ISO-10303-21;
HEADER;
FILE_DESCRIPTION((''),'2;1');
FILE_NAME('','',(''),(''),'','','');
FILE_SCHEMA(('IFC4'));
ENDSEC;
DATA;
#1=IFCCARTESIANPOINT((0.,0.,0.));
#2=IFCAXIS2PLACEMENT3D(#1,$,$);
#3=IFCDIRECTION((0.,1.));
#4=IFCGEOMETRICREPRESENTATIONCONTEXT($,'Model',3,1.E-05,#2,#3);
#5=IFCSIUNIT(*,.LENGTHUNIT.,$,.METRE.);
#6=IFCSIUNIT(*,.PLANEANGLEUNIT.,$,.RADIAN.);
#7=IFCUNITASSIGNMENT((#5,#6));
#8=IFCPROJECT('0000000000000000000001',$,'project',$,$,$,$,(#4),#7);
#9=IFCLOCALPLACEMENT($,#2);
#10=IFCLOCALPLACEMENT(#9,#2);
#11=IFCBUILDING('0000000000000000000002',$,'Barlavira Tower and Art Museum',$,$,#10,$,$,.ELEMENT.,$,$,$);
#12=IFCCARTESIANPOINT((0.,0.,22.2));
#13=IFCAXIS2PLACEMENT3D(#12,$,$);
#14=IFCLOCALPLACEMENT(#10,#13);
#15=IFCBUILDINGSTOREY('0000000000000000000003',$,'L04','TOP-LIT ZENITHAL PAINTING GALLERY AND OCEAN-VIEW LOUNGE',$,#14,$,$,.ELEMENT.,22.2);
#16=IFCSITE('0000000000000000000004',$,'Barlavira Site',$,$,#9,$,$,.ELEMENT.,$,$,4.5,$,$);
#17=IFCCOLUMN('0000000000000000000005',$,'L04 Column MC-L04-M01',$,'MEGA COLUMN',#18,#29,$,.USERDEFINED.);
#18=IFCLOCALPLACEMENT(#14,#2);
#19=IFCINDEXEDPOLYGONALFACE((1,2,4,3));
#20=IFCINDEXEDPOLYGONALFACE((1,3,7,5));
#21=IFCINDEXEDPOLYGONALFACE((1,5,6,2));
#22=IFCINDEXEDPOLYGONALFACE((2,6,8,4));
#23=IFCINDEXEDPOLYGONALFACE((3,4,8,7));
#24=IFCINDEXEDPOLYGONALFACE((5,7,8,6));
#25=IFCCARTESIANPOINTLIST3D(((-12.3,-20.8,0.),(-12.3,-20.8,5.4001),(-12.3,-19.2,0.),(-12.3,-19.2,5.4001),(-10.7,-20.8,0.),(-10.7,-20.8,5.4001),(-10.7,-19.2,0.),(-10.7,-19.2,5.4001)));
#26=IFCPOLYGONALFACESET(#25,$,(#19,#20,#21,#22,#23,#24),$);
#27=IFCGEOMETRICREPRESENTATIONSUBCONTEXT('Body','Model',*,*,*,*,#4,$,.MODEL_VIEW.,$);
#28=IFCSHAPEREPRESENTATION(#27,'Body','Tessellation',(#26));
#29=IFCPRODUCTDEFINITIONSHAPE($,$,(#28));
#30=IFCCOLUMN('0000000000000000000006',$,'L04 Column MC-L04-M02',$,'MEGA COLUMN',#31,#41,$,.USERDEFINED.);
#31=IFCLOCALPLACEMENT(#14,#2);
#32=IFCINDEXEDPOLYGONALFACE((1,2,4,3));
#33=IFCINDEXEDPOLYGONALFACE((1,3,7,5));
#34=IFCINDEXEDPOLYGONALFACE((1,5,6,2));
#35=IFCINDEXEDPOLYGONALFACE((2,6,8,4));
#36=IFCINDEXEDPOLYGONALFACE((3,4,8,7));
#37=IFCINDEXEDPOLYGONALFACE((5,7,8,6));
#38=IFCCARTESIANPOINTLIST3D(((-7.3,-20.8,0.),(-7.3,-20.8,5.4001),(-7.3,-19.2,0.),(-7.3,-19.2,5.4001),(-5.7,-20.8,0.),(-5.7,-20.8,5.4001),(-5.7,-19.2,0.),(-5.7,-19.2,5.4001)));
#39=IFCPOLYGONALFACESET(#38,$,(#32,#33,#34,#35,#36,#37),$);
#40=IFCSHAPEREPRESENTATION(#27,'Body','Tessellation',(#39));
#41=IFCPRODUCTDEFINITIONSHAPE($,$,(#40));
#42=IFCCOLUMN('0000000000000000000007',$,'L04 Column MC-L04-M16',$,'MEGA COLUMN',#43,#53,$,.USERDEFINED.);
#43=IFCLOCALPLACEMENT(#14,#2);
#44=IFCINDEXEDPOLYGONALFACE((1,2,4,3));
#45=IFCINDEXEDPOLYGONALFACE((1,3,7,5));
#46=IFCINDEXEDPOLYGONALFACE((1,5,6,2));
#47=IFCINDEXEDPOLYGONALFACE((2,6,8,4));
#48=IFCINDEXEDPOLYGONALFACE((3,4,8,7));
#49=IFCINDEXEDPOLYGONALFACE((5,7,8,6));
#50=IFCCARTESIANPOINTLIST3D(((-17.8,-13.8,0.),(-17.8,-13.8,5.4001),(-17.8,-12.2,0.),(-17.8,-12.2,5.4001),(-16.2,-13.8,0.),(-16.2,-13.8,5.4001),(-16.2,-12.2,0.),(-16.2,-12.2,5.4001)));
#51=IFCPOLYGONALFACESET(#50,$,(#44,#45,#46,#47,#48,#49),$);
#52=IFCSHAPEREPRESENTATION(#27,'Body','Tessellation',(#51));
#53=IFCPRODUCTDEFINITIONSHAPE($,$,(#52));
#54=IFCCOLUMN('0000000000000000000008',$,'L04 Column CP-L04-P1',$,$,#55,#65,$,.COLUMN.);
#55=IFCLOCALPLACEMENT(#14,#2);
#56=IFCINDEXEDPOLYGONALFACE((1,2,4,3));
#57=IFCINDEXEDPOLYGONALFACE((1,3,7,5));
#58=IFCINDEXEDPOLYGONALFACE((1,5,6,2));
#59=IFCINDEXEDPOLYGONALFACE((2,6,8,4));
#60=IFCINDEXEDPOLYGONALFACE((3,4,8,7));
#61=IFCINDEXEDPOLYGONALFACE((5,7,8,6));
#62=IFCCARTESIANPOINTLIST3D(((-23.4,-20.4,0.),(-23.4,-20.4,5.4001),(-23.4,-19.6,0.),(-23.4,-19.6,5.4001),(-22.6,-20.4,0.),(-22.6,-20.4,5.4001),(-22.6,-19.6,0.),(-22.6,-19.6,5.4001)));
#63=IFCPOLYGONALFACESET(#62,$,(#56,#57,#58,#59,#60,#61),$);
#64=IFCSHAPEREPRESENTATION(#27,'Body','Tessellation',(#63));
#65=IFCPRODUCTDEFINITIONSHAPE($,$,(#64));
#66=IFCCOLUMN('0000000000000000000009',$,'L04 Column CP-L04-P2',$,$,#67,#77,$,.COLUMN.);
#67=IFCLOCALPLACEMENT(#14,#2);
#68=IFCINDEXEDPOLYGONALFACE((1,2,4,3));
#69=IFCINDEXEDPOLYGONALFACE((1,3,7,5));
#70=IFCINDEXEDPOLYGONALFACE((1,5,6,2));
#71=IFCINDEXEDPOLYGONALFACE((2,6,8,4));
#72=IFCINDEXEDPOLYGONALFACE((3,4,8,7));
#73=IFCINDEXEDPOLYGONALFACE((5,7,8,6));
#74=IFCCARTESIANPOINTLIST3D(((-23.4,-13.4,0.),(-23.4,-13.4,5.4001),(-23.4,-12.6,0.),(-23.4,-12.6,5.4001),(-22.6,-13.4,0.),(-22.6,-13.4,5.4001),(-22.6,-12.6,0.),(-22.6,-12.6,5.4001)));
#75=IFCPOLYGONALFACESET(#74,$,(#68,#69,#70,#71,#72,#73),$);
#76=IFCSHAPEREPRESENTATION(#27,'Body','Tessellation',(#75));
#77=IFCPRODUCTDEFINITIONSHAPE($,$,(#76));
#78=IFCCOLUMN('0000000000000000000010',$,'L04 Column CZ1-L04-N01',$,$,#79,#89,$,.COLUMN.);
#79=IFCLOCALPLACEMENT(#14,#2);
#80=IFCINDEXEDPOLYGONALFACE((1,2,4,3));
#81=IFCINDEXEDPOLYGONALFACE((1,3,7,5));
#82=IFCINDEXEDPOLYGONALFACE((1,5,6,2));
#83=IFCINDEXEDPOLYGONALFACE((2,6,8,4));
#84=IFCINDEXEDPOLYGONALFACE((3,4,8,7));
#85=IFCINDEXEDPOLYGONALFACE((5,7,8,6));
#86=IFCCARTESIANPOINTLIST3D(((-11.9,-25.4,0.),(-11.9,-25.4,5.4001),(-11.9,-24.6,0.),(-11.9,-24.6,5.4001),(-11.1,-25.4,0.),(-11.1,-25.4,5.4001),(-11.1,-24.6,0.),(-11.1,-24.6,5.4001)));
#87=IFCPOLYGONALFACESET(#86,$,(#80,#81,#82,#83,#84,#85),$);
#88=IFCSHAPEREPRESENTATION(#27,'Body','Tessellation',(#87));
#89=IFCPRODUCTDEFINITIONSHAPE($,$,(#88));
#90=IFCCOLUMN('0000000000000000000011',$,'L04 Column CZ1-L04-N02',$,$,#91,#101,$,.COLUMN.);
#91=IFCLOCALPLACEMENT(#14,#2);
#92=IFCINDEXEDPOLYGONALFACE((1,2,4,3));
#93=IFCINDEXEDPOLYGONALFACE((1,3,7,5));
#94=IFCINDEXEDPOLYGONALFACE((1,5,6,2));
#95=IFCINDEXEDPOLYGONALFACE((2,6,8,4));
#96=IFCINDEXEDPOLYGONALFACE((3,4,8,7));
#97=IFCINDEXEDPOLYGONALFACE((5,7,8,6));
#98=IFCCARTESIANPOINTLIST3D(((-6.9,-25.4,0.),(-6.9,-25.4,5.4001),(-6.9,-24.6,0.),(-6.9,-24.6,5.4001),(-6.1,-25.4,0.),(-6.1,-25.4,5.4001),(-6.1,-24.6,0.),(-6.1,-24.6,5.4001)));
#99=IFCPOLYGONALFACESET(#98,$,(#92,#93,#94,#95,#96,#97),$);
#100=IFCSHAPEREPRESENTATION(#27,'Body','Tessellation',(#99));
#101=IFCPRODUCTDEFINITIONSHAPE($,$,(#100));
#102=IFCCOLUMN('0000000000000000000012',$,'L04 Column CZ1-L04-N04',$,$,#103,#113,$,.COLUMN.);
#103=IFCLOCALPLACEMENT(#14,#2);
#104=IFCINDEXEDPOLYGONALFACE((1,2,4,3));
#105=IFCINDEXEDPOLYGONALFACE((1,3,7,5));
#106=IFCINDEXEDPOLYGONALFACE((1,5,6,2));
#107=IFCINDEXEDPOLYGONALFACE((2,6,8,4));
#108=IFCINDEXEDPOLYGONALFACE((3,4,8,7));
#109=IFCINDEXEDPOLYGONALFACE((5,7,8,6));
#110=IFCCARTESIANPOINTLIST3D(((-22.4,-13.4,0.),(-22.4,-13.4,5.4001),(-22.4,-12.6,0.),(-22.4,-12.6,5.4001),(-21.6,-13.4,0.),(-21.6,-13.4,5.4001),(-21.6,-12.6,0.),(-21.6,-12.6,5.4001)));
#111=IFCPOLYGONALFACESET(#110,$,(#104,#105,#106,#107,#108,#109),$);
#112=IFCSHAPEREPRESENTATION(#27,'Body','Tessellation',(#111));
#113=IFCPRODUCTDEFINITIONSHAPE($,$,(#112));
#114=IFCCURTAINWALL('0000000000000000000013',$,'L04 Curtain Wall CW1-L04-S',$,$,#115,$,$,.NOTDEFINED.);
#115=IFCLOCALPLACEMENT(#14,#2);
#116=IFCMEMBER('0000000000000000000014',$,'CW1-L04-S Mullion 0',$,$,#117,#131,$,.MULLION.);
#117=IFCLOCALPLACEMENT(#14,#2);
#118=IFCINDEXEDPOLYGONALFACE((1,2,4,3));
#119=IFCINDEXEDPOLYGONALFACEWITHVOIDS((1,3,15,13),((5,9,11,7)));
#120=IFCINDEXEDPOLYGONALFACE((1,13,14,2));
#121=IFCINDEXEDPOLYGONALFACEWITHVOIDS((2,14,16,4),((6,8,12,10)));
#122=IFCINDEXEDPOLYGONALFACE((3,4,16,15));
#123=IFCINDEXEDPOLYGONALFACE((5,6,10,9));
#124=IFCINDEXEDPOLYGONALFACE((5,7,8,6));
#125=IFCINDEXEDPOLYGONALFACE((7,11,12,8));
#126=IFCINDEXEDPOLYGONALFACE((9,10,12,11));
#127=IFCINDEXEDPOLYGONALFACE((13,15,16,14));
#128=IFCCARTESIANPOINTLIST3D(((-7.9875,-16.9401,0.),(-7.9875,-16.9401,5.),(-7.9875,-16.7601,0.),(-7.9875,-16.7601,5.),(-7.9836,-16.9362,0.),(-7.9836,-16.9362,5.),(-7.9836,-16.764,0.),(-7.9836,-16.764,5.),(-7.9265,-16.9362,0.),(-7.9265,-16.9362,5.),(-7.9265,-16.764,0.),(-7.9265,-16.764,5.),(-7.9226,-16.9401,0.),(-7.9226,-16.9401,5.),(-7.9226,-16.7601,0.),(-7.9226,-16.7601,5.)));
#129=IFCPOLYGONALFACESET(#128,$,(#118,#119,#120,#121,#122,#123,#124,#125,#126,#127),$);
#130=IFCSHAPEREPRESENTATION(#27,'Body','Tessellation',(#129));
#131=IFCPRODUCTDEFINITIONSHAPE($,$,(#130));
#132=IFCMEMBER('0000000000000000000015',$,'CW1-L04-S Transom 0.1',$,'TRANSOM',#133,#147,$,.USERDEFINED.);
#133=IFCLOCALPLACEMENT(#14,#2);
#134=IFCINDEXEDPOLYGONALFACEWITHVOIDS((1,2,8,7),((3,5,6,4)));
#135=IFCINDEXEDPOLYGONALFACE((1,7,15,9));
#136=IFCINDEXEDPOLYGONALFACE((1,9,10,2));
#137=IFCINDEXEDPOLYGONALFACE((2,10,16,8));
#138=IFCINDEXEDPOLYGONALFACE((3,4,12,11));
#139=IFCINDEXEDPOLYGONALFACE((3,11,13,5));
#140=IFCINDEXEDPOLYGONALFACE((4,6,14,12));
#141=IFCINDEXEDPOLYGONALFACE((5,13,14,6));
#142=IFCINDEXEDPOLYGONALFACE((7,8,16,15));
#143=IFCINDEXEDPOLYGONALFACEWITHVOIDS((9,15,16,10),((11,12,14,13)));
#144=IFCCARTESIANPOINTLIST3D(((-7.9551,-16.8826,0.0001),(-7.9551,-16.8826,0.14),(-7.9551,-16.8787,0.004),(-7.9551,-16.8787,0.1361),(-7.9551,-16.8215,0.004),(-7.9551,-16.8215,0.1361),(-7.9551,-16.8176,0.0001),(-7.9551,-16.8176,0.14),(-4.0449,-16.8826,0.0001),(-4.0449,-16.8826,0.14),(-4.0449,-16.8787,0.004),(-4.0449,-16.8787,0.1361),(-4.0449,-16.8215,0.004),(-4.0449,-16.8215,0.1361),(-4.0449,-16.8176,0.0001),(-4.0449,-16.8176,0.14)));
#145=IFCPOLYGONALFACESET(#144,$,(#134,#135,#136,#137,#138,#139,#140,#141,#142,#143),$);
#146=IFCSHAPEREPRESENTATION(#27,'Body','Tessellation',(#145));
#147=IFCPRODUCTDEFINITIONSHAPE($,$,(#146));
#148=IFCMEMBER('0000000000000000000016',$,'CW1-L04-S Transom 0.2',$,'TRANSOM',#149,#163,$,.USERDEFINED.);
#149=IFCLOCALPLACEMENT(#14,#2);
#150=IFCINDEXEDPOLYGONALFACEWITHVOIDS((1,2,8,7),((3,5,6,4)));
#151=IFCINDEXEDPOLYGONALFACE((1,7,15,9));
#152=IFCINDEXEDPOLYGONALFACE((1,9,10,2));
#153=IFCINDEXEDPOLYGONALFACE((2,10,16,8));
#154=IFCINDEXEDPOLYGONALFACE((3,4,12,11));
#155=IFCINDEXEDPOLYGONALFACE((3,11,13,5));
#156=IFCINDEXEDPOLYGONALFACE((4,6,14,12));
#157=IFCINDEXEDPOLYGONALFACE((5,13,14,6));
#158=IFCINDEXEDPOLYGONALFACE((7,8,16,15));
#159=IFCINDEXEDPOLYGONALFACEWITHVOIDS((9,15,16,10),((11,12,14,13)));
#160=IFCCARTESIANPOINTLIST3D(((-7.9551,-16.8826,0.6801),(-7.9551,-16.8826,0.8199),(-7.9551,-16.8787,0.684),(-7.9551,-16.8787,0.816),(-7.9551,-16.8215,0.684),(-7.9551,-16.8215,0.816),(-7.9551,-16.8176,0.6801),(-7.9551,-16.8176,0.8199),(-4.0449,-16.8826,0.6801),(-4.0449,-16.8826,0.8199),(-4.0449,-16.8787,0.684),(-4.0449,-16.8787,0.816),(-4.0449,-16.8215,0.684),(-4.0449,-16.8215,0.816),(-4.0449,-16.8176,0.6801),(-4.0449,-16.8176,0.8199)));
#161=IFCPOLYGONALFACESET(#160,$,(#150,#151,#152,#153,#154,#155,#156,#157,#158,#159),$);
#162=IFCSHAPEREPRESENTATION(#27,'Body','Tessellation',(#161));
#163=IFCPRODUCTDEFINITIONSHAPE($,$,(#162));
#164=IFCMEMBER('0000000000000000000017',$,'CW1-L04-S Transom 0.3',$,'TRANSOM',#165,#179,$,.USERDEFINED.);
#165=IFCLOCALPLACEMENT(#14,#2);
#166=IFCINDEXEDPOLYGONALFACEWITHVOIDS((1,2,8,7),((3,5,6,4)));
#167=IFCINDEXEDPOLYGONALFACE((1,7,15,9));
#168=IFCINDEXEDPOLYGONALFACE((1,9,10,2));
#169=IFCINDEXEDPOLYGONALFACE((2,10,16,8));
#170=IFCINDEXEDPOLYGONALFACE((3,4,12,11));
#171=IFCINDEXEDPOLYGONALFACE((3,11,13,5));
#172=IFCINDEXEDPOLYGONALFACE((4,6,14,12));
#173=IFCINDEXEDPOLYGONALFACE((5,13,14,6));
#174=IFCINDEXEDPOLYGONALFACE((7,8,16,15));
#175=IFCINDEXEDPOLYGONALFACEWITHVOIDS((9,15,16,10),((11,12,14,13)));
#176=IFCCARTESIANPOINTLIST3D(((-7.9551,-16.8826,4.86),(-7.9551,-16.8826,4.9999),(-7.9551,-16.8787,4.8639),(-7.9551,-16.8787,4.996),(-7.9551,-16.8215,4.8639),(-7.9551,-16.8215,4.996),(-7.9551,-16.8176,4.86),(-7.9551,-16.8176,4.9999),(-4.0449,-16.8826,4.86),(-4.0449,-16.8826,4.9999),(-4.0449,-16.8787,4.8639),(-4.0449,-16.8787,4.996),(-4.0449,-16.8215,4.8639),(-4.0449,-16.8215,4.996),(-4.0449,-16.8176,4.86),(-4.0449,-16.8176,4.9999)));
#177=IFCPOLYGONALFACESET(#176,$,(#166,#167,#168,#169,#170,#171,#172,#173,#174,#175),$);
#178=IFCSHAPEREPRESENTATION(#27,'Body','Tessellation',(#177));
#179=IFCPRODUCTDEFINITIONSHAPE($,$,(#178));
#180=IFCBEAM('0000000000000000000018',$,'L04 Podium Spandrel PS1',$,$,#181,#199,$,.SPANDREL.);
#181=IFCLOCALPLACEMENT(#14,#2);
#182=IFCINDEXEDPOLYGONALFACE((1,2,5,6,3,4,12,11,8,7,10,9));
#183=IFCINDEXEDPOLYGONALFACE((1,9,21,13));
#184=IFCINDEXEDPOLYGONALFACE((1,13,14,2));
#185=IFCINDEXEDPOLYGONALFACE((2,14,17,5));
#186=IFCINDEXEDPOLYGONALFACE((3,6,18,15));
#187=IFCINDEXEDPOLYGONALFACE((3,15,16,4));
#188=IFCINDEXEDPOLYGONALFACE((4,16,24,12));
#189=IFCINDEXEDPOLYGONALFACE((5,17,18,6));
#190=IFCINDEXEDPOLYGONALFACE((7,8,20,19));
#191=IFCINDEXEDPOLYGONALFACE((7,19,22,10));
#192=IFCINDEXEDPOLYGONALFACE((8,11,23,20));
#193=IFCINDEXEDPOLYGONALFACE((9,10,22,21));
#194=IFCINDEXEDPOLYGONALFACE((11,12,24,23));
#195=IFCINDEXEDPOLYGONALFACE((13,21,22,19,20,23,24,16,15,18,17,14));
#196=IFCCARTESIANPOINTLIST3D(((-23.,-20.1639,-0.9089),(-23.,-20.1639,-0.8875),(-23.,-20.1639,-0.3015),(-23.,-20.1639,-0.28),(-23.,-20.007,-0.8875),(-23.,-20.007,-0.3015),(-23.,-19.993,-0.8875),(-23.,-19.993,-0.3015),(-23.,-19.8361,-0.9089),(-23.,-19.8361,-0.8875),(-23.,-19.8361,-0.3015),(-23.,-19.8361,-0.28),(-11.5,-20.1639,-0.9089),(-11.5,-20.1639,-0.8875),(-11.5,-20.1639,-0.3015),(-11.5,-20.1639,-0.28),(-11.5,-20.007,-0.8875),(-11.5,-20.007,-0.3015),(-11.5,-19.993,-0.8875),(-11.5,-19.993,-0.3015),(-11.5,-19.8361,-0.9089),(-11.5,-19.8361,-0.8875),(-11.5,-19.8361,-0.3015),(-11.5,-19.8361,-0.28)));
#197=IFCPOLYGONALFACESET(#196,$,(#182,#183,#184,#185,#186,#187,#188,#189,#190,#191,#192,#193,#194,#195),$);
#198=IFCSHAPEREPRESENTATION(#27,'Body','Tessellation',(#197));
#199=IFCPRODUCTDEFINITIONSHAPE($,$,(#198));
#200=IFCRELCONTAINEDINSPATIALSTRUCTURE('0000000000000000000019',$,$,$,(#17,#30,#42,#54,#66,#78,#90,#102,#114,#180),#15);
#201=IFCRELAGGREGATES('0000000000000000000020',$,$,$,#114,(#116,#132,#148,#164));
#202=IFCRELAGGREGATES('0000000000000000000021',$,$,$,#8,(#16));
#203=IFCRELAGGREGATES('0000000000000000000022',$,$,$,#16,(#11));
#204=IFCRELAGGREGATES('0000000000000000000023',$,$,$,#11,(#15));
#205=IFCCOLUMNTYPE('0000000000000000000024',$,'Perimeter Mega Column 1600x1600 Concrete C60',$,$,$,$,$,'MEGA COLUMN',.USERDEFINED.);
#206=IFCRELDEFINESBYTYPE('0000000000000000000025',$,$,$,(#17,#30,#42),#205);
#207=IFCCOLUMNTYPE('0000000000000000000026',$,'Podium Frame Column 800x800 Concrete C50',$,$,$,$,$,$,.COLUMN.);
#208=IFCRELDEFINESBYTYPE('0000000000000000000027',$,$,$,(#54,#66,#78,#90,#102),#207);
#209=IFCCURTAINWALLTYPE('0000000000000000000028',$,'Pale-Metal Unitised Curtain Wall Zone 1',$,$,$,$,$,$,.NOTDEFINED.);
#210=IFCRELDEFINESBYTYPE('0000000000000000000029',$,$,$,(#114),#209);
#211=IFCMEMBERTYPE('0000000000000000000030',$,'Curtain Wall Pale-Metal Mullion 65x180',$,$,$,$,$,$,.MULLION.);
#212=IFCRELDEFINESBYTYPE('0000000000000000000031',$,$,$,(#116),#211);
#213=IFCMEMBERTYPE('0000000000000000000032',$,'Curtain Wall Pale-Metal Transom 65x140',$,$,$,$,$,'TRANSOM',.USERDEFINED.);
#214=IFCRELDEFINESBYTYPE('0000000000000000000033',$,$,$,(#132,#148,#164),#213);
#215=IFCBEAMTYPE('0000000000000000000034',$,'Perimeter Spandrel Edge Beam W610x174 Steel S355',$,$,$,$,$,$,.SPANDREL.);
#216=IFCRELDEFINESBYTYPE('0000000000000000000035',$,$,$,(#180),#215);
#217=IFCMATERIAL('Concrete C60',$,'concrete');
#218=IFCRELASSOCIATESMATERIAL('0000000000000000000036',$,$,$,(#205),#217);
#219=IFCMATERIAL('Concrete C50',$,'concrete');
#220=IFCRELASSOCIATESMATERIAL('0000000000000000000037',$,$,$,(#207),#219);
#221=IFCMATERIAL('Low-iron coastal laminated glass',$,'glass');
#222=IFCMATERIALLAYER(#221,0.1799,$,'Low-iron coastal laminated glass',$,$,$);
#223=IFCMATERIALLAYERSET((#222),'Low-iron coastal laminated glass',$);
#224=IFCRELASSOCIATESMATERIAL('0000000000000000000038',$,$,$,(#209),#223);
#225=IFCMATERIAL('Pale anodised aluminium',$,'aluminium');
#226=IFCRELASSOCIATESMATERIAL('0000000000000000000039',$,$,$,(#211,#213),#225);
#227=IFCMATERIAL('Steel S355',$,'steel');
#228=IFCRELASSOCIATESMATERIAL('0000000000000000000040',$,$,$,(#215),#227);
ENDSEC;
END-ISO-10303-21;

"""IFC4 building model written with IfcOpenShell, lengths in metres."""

from ifc_helpers import new_model, si_unit, direction, frame, origin, origin_2d, place, context, subcontext, project, spatial, rectangle, hollow_rectangle, i_section, extrude, material, layer, layer_set, material_profile, profile_set, type_object, element, aggregate, save


model = new_model("IFC4")

# Units and contexts
model_context = context("Model", 3, precision=1e-05, world=origin(), true_north=direction((0.0, 1.0)))
body_context = subcontext(model_context, "Body", "Model", "MODEL_VIEW")
ifc_project = project(units=[si_unit("LENGTHUNIT", "METRE"), si_unit("PLANEANGLEUNIT", "RADIAN")], contexts=[model_context])

# Site, building, storey
site_placement = place(None, origin())
site = spatial("IfcSite", under=ifc_project, at=site_placement, Name="Barlavira Site", CompositionType="ELEMENT", RefElevation=4.5)
building_placement = place(site_placement, origin())
building = spatial("IfcBuilding", under=site, at=building_placement, Name="Barlavira Tower and Art Museum", CompositionType="ELEMENT")
storey_placement = place(building_placement, frame((0.0, 0.0, 22.2)))
storey = spatial("IfcBuildingStorey", under=building, at=storey_placement, Name="L04", Description="TOP-LIT ZENITHAL PAINTING GALLERY AND OCEAN-VIEW LOUNGE", CompositionType="ELEMENT", Elevation=22.2)

# Columns
ifc_material_1 = material(Name="Concrete C60", Category="concrete")
ifc_material_profile_1 = material_profile(ifc_material_1, rectangle(XDim=1.6001, YDim=1.6001, at=origin_2d()), Name="RC-MCOL 1600x1600")
ifc_profile_set_1 = profile_set([ifc_material_profile_1], Name="Concrete C60")
column_type_1 = type_object("IfcColumnType", Name="Perimeter Mega Column 1600x1600 Concrete C60", ElementType="MEGA COLUMN", PredefinedType="USERDEFINED", material=ifc_profile_set_1)
for number, where, z_axis, x_axis, name in (
    (1, (-11.5, -20.0, 0.0), (0.0, 0.0, 1.0), (1.0, 0.0, 0.0), "L04 Column MC-L04-M01"),
    (2, (-6.5, -20.0, 0.0), (0.0, 0.0, 1.0), (1.0, 0.0, 0.0), "L04 Column MC-L04-M02"),
    (3, (-17.0, -13.0, 0.0), (0.0, 0.0, 1.0), (1.0, 0.0, 0.0), "L04 Column MC-L04-M16"),
):
    element("IfcColumn", number, at=place(storey_placement, frame(where, z_axis=z_axis, x_axis=x_axis)), inside=storey, type_object=column_type_1, Name=name, ObjectType="MEGA COLUMN", PredefinedType="USERDEFINED", context=body_context, shape_type="SweptSolid", body=[
        extrude(rectangle(XDim=1.6001, YDim=1.6001, at=origin_2d()), origin(), (0.0, 0.0, 1.0), 5.4001),
    ])
ifc_material_2 = material(Name="Concrete C50", Category="concrete")
ifc_material_profile_2 = material_profile(ifc_material_2, rectangle(XDim=0.8, YDim=0.8, at=origin_2d()), Name="RC-COL 800x800")
ifc_profile_set_2 = profile_set([ifc_material_profile_2], Name="Concrete C50")
column_type_2 = type_object("IfcColumnType", Name="Podium Frame Column 800x800 Concrete C50", PredefinedType="COLUMN", material=ifc_profile_set_2)
for number, where, z_axis, x_axis, name in (
    (4, (-23.0, -20.0, 0.0), (0.0, 0.0, 1.0), (1.0, 0.0, 0.0), "L04 Column CP-L04-P1"),
    (5, (-23.0, -13.0, 0.0), (0.0, 0.0, 1.0), (1.0, 0.0, 0.0), "L04 Column CP-L04-P2"),
    (6, (-11.5, -25.0, 0.0), (0.0, 0.0, 1.0), (1.0, 0.0, 0.0), "L04 Column CZ1-L04-N01"),
    (7, (-6.5, -25.0, 0.0), (0.0, 0.0, 1.0), (1.0, 0.0, 0.0), "L04 Column CZ1-L04-N02"),
    (8, (-22.0, -13.0, 0.0), (0.0, 0.0, 1.0), (1.0, 0.0, 0.0), "L04 Column CZ1-L04-N04"),
):
    element("IfcColumn", number, at=place(storey_placement, frame(where, z_axis=z_axis, x_axis=x_axis)), inside=storey, type_object=column_type_2, Name=name, PredefinedType="COLUMN", context=body_context, shape_type="SweptSolid", body=[
        extrude(rectangle(XDim=0.8, YDim=0.8, at=origin_2d()), origin(), (0.0, 0.0, 1.0), 5.4001),
    ])

# Curtain wall, members
ifc_material_3 = material(Name="Low-iron coastal laminated glass", Category="glass")
ifc_layer_1 = layer(ifc_material_3, 0.1799, Name="Low-iron coastal laminated glass")
ifc_layer_set_1 = layer_set([ifc_layer_1], Name="Low-iron coastal laminated glass")
curtain_wall_type = type_object("IfcCurtainWallType", Name="Pale-Metal Unitised Curtain Wall Zone 1", PredefinedType="NOTDEFINED", material=ifc_layer_set_1)
curtain_wall_placement = place(storey_placement, origin())
curtain_wall = element("IfcCurtainWall", 9, at=curtain_wall_placement, inside=storey, type_object=curtain_wall_type, Name="L04 Curtain Wall CW1-L04-S", PredefinedType="NOTDEFINED")
ifc_material_4 = material(Name="Pale anodised aluminium", Category="aluminium")
ifc_material_profile_3 = material_profile(ifc_material_4, hollow_rectangle(XDim=0.0649, YDim=0.1799, WallThickness=0.0039, at=origin_2d()), Name="ALU-MULL 65x180x4")
ifc_profile_set_3 = profile_set([ifc_material_profile_3], Name="Pale anodised aluminium")
member_type_1 = type_object("IfcMemberType", Name="Curtain Wall Pale-Metal Mullion 65x180", PredefinedType="MULLION", material=ifc_profile_set_3)
member_1_placement = place(storey_placement, frame((-7.9551, -16.8501, 0.0), z_axis=(0.0, 0.0, 1.0), x_axis=(1.0, 0.0, 0.0)))
member_1 = element("IfcMember", 10, at=member_1_placement, type_object=member_type_1, Name="CW1-L04-S Mullion 0", PredefinedType="MULLION", context=body_context, shape_type="SweptSolid", body=[
    extrude(hollow_rectangle(XDim=0.0649, YDim=0.1799, WallThickness=0.0039, at=origin_2d()), origin(), (0.0, 0.0, 1.0), 5.0),
])
ifc_material_profile_4 = material_profile(ifc_material_4, hollow_rectangle(XDim=0.0649, YDim=0.1399, WallThickness=0.0039, at=origin_2d()), Name="ALU-TRAN 65x140x4")
ifc_profile_set_4 = profile_set([ifc_material_profile_4], Name="Pale anodised aluminium")
member_type_2 = type_object("IfcMemberType", Name="Curtain Wall Pale-Metal Transom 65x140", ElementType="TRANSOM", PredefinedType="USERDEFINED", material=ifc_profile_set_4)
member_2_placement = place(storey_placement, frame((-7.9551, -16.8501, 0.0701), z_axis=(1.0, 0.0, 0.0), x_axis=(0.0, 1.0, 0.0)))
member_2 = element("IfcMember", 11, at=member_2_placement, type_object=member_type_2, Name="CW1-L04-S Transom 0.1", ObjectType="TRANSOM", PredefinedType="USERDEFINED", context=body_context, shape_type="SweptSolid", body=[
    extrude(hollow_rectangle(XDim=0.0649, YDim=0.1399, WallThickness=0.0039, at=origin_2d()), origin(), (0.0, 0.0, 1.0), 3.9102),
])
member_3_placement = place(storey_placement, frame((-7.9551, -16.8501, 0.75), z_axis=(1.0, 0.0, 0.0), x_axis=(0.0, 1.0, 0.0)))
member_3 = element("IfcMember", 12, at=member_3_placement, type_object=member_type_2, Name="CW1-L04-S Transom 0.2", ObjectType="TRANSOM", PredefinedType="USERDEFINED", context=body_context, shape_type="SweptSolid", body=[
    extrude(hollow_rectangle(XDim=0.0649, YDim=0.1399, WallThickness=0.0039, at=origin_2d()), origin(), (0.0, 0.0, 1.0), 3.9102),
])
member_4_placement = place(storey_placement, frame((-7.9551, -16.8501, 4.9299), z_axis=(1.0, 0.0, 0.0), x_axis=(0.0, 1.0, 0.0)))
member_4 = element("IfcMember", 13, at=member_4_placement, type_object=member_type_2, Name="CW1-L04-S Transom 0.3", ObjectType="TRANSOM", PredefinedType="USERDEFINED", context=body_context, shape_type="SweptSolid", body=[
    extrude(hollow_rectangle(XDim=0.0649, YDim=0.1399, WallThickness=0.0039, at=origin_2d()), origin(), (0.0, 0.0, 1.0), 3.9102),
])

# Beam
ifc_material_5 = material(Name="Steel S355", Category="steel")
ifc_material_profile_5 = material_profile(ifc_material_5, i_section(OverallWidth=0.3279, OverallDepth=0.6289, WebThickness=0.0139, FlangeThickness=0.0215, at=origin_2d()), Name="W610x174.0")
ifc_profile_set_5 = profile_set([ifc_material_profile_5], Name="Steel S355")
beam_type_1 = type_object("IfcBeamType", Name="Perimeter Spandrel Edge Beam W610x174 Steel S355", PredefinedType="SPANDREL", material=ifc_profile_set_5)
beam_1_placement = place(storey_placement, frame((-23.0, -20.0, -0.5945), z_axis=(1.0, 0.0, 0.0), x_axis=(0.0, 1.0, 0.0)))
element("IfcBeam", 14, at=beam_1_placement, inside=storey, type_object=beam_type_1, Name="L04 Podium Spandrel PS1", PredefinedType="SPANDREL", context=body_context, shape_type="SweptSolid", body=[
    extrude(i_section(OverallWidth=0.3279, OverallDepth=0.6289, WebThickness=0.0139, FlangeThickness=0.0215, at=origin_2d()), origin(), (0.0, 0.0, 1.0), 11.5),
])

aggregate(curtain_wall, [member_1, member_2, member_3, member_4])

save(model, "model.ifc")
